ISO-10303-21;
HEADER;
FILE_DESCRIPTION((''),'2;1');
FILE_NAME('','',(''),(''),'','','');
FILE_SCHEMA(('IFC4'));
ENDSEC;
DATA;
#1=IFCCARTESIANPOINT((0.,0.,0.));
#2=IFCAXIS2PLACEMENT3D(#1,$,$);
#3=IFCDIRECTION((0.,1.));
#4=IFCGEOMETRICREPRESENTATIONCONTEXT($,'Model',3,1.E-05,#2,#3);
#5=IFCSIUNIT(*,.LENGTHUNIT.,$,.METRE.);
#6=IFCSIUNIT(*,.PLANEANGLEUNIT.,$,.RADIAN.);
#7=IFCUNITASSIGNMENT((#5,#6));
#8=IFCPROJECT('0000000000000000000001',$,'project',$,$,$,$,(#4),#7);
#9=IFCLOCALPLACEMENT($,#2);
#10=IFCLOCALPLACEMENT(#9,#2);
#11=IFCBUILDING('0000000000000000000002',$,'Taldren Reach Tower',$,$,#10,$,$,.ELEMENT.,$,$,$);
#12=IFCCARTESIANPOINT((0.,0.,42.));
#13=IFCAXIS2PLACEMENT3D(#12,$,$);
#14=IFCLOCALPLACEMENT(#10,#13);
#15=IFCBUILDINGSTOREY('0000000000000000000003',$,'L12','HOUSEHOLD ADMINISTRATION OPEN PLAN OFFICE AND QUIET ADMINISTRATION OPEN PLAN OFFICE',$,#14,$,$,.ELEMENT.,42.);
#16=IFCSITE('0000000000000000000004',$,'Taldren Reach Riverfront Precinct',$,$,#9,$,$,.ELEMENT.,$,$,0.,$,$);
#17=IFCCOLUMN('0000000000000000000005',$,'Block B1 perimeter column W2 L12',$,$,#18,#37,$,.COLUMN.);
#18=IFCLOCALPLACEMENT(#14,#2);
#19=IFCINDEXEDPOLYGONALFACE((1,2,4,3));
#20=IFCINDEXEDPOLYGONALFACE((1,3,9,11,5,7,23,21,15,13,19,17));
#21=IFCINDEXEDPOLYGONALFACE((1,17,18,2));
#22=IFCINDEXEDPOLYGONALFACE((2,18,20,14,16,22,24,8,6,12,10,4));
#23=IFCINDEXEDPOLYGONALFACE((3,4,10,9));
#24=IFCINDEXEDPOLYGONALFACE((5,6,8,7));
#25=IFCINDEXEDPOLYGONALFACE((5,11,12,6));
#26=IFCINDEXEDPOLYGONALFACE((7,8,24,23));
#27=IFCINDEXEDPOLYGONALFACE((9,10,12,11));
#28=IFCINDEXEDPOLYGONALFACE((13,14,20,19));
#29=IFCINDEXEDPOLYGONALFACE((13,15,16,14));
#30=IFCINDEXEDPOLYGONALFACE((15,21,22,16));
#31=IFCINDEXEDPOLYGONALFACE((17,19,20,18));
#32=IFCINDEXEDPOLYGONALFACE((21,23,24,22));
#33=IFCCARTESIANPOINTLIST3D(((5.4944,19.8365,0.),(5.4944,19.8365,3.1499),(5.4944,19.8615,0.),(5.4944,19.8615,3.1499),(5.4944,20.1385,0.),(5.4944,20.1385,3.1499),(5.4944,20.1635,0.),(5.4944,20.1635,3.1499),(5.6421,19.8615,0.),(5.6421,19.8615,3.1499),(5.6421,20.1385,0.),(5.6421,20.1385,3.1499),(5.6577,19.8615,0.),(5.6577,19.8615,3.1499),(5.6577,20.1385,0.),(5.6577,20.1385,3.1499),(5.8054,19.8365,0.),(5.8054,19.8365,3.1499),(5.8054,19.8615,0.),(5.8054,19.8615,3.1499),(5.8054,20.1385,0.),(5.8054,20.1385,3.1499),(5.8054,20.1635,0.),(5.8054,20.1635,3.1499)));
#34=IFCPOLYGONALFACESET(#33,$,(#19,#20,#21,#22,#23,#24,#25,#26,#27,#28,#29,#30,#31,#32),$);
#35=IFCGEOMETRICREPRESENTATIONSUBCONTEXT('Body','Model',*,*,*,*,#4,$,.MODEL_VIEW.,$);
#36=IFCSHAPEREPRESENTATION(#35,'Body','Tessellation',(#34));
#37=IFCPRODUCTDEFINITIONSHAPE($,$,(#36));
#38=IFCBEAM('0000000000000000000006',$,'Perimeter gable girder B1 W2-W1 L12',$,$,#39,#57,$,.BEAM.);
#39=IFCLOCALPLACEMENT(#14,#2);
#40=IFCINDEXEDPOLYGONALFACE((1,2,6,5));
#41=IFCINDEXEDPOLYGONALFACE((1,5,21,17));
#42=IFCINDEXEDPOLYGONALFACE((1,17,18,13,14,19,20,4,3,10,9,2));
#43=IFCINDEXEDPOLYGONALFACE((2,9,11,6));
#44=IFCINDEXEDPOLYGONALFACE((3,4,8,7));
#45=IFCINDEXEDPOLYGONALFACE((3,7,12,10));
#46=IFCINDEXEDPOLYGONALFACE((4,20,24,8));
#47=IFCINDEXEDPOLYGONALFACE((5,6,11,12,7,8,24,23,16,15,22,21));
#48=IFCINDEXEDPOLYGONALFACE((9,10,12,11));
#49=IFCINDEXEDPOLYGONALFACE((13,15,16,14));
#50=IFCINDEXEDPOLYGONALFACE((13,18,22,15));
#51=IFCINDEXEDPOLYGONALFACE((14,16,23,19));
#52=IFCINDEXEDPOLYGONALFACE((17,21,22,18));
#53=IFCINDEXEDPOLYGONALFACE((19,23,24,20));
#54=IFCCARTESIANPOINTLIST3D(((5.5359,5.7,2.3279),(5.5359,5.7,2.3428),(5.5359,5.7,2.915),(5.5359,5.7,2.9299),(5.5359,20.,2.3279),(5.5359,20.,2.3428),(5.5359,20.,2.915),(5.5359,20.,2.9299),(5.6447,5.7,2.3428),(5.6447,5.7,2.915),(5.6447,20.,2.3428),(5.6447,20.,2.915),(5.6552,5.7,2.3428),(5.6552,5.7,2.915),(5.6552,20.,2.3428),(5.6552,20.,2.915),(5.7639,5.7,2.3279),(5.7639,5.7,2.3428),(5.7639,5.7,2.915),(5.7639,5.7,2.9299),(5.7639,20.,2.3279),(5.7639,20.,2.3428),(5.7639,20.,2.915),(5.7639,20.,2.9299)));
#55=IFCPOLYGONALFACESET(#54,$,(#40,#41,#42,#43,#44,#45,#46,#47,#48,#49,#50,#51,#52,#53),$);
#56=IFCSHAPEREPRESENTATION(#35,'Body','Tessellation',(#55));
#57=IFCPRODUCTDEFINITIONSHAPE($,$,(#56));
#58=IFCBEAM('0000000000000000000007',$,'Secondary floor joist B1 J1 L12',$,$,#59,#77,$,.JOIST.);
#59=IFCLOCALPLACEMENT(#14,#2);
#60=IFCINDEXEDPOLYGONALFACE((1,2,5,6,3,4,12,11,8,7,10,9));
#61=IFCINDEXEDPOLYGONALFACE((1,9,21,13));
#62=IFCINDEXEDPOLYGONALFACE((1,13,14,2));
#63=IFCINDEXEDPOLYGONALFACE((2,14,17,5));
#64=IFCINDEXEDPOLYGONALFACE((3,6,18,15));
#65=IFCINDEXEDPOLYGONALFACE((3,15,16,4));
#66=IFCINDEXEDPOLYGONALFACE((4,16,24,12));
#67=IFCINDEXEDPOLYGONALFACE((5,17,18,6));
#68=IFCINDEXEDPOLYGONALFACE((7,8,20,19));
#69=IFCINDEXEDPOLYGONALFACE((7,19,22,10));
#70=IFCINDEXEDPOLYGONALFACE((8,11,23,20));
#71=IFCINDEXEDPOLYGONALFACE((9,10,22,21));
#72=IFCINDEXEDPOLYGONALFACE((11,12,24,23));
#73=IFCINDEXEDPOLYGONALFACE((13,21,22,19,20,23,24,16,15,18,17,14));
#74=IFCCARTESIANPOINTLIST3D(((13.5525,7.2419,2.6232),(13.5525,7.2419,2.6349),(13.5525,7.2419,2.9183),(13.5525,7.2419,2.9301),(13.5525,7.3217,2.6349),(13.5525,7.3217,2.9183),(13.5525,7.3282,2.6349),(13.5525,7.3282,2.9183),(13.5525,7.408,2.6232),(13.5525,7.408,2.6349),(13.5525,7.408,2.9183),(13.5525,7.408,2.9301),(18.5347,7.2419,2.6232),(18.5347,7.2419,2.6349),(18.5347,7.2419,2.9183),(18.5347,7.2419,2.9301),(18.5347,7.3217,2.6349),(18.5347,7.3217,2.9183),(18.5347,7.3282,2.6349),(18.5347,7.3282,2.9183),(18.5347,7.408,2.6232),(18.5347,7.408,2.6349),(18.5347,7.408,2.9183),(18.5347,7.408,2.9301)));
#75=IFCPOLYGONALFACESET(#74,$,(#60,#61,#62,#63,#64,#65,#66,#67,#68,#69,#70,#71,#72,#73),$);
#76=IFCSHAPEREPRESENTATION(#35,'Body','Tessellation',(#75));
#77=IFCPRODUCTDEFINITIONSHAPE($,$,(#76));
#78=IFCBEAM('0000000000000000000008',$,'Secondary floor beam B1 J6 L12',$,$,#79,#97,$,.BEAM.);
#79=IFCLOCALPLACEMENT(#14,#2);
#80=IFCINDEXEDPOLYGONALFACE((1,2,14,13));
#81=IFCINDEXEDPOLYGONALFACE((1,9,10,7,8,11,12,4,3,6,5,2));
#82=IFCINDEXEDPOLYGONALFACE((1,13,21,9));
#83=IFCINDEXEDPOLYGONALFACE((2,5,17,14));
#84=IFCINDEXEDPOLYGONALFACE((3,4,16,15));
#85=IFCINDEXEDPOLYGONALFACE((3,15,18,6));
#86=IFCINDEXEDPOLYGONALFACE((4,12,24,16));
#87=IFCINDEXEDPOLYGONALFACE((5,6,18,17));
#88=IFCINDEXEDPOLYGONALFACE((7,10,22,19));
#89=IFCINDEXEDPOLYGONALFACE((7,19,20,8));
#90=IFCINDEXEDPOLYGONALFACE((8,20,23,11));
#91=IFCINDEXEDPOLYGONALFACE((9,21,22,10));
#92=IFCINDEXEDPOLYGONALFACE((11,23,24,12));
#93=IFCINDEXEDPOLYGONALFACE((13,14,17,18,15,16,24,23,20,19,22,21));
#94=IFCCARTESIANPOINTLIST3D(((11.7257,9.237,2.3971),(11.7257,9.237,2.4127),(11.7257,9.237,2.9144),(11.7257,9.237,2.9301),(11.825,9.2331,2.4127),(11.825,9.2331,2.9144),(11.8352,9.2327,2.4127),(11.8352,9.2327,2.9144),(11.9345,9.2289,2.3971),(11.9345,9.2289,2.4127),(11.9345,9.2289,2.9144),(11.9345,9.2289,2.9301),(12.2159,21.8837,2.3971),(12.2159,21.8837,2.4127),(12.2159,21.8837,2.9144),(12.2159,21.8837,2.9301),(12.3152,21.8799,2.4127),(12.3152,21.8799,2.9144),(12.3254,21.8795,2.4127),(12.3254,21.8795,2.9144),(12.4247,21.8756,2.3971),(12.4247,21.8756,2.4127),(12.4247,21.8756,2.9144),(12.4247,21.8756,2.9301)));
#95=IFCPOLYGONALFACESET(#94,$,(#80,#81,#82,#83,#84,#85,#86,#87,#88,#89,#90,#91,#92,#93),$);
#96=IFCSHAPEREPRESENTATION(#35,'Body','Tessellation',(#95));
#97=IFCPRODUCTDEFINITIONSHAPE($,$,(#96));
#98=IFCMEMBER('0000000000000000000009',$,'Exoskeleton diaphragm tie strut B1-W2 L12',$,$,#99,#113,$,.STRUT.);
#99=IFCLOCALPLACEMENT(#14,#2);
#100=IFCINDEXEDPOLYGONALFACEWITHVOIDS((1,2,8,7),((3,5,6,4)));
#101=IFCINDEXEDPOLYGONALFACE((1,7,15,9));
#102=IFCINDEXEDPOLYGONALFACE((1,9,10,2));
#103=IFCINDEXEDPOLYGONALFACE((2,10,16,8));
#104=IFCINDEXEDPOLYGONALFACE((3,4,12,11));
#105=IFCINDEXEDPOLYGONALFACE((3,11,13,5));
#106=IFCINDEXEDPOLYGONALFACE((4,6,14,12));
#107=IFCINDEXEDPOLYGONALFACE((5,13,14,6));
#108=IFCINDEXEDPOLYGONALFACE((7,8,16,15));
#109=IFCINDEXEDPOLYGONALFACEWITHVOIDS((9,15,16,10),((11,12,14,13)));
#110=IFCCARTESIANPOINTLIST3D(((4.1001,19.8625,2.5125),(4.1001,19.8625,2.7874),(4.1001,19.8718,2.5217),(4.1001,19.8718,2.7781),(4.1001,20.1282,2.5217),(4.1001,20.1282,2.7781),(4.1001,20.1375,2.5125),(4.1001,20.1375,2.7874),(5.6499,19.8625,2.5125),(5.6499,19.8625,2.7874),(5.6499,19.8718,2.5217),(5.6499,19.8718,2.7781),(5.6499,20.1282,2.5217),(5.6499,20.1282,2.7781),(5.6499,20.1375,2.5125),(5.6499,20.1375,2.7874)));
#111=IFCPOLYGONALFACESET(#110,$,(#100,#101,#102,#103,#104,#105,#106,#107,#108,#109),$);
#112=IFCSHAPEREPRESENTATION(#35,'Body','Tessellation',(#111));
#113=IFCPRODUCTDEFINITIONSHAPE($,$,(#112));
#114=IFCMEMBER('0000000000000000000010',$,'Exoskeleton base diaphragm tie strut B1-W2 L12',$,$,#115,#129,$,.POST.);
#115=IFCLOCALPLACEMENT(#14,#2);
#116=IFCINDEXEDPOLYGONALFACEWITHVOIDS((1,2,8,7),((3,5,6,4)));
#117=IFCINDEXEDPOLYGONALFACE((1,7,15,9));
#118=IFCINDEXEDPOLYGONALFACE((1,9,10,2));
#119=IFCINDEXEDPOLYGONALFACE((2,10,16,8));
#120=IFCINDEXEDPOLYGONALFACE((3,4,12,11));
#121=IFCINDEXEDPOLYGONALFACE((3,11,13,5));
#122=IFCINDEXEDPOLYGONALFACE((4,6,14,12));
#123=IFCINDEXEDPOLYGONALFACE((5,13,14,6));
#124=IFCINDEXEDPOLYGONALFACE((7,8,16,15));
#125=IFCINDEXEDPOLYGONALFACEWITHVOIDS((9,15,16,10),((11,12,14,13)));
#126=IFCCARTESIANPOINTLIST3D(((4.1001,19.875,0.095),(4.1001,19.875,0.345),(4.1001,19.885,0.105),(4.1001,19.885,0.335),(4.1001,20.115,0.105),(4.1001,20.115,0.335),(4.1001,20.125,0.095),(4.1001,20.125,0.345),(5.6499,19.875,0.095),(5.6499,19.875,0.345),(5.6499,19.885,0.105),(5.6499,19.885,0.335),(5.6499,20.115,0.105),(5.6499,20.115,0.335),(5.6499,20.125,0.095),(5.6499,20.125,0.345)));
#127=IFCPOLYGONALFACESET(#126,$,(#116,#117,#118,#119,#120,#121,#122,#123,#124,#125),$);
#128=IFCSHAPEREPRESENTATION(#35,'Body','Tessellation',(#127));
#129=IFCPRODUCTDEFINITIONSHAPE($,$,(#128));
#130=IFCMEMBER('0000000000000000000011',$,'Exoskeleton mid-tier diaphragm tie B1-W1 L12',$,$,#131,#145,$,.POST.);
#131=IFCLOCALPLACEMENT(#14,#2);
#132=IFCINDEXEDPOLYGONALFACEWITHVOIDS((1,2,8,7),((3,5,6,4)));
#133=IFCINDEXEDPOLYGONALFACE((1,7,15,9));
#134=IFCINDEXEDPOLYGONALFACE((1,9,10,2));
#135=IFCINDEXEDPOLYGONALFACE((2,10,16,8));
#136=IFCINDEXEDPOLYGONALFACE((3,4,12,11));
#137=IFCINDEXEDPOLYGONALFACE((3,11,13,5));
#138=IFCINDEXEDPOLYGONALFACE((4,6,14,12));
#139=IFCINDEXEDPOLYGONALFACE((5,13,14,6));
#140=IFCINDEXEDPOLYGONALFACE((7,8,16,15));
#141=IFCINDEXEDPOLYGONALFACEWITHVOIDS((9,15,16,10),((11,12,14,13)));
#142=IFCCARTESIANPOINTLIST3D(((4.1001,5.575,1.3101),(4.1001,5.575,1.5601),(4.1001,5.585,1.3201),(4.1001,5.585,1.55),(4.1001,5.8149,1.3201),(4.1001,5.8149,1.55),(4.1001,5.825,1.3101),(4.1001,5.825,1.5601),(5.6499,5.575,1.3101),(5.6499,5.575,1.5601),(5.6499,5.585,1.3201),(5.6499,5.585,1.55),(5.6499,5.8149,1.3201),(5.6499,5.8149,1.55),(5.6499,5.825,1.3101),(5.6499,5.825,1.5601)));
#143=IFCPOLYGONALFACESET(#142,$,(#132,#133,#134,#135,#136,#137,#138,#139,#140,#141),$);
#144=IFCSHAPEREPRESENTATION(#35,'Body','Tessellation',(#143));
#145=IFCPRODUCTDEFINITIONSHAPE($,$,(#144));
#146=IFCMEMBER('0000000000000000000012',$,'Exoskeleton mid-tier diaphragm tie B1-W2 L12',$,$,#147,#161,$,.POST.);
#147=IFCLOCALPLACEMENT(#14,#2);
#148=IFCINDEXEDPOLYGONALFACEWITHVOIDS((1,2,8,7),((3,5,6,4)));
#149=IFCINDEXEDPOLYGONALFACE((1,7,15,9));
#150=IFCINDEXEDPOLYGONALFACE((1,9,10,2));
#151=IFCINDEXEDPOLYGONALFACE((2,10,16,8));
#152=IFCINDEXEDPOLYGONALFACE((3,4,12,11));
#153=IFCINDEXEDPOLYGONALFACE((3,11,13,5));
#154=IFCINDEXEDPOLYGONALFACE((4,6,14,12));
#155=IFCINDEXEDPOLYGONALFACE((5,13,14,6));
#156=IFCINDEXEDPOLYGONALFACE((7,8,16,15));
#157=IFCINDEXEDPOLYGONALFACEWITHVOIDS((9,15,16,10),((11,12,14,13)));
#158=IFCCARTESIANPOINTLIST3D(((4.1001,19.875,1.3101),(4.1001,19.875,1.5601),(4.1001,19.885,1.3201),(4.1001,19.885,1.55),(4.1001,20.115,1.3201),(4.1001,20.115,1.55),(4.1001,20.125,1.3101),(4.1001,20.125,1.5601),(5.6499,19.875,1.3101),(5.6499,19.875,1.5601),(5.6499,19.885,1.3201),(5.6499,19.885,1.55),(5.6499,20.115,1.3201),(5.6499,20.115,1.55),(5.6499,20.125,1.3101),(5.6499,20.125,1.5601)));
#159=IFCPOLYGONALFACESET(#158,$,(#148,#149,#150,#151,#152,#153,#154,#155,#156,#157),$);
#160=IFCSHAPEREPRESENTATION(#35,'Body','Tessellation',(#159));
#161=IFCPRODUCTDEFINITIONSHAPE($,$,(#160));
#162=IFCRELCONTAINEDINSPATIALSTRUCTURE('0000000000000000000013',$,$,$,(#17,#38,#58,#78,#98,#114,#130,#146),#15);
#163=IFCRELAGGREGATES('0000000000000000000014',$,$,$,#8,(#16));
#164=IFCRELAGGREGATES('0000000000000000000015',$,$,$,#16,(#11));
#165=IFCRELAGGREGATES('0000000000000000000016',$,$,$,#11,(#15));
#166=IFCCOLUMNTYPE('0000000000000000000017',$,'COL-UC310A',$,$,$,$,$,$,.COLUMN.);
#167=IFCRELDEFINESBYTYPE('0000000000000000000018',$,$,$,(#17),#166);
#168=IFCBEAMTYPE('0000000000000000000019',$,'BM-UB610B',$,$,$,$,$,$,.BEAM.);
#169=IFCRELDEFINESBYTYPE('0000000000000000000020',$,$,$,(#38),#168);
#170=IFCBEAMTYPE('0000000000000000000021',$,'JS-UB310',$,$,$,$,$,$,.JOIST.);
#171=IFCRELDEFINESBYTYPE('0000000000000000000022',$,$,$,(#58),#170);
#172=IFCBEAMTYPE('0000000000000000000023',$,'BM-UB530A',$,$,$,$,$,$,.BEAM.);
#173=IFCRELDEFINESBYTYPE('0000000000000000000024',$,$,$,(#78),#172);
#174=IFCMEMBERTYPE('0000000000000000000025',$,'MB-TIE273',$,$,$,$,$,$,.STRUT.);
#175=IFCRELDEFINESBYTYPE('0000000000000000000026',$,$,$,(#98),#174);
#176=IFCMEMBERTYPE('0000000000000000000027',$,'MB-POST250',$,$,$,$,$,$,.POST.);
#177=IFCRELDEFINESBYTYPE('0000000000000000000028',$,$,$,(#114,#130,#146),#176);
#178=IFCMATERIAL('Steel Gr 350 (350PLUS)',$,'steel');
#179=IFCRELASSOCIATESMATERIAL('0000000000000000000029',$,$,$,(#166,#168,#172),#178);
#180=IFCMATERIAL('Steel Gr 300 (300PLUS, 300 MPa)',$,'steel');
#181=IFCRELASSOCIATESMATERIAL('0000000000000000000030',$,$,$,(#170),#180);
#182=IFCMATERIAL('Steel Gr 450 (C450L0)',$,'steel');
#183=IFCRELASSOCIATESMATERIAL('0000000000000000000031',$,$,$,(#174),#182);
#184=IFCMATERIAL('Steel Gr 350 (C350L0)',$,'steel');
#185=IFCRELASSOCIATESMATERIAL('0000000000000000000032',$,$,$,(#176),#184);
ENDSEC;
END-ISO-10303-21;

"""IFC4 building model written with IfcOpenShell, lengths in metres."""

from ifc_helpers import new_model, si_unit, direction, frame, origin, origin_2d, place, context, subcontext, project, spatial, hollow_rectangle, i_section, extrude, source, transform, mapped, material, material_profile, profile_set, type_object, element, save


model = new_model("IFC4")

# Units and contexts
model_context = context("Model", 3, precision=1e-05, world=origin(), true_north=direction((0.0, 1.0)))
body_context = subcontext(model_context, "Body", "Model", "MODEL_VIEW")
ifc_project = project(units=[si_unit("LENGTHUNIT", "METRE"), si_unit("PLANEANGLEUNIT", "RADIAN")], contexts=[model_context])

# Site, building, storey
site_placement = place(None, origin())
site = spatial("IfcSite", under=ifc_project, at=site_placement, Name="Taldren Reach Riverfront Precinct", CompositionType="ELEMENT", RefElevation=0.0)
building_placement = place(site_placement, origin())
building = spatial("IfcBuilding", under=site, at=building_placement, Name="Taldren Reach Tower", CompositionType="ELEMENT")
storey_placement = place(building_placement, frame((0.0, 0.0, 42.0)))
storey = spatial("IfcBuildingStorey", under=building, at=storey_placement, Name="L12", Description="HOUSEHOLD ADMINISTRATION OPEN PLAN OFFICE AND QUIET ADMINISTRATION OPEN PLAN OFFICE", CompositionType="ELEMENT", Elevation=42.0)

# Column
ifc_material_1 = material(Name="Steel Gr 350 (350PLUS)", Category="steel")
ifc_material_profile_1 = material_profile(ifc_material_1, i_section(OverallWidth=0.311, OverallDepth=0.3269, WebThickness=0.0156, FlangeThickness=0.0249, at=origin_2d()), Name="310UC158")
ifc_profile_set_1 = profile_set([ifc_material_profile_1], Name="Steel Gr 350 (350PLUS)")
column_type = type_object("IfcColumnType", Name="COL-UC310A", PredefinedType="COLUMN", material=ifc_profile_set_1)
shared_shape_1 = source(origin(), body_context, "Body", "SweptSolid", [
    extrude(i_section(OverallWidth=0.311, OverallDepth=0.3269, WebThickness=0.0156, FlangeThickness=0.0249, at=origin_2d()), origin(), (0.0, 0.0, 1.0), 3.1499),
])
column_placement = place(storey_placement, frame((5.6499, 20.0, 0.0), z_axis=(0.0, 0.0, 1.0), x_axis=(1.0, 0.0, 0.0)))
element("IfcColumn", 1, at=column_placement, inside=storey, type_object=column_type, Name="Block B1 perimeter column W2 L12", PredefinedType="COLUMN", context=body_context, shape_type="MappedRepresentation", body=[
    mapped(shared_shape_1, transform((0.0, 0.0, 0.0), scale=1.0)),
])

# Beams
ifc_material_profile_2 = material_profile(ifc_material_1, i_section(OverallWidth=0.228, OverallDepth=0.6021, WebThickness=0.0105, FlangeThickness=0.0149, at=origin_2d()), Name="610UB101")
ifc_profile_set_2 = profile_set([ifc_material_profile_2], Name="Steel Gr 350 (350PLUS)")
beam_type_1 = type_object("IfcBeamType", Name="BM-UB610B", PredefinedType="BEAM", material=ifc_profile_set_2)
shared_shape_2 = source(origin(), body_context, "Body", "SweptSolid", [
    extrude(i_section(OverallWidth=0.228, OverallDepth=0.6021, WebThickness=0.0105, FlangeThickness=0.0149, at=origin_2d()), origin(), (0.0, 0.0, 1.0), 14.3),
])
beam_1_placement = place(storey_placement, frame((5.6499, 20.0, 2.6289), z_axis=(0.0, -1.0, 0.0), x_axis=(1.0, 0.0, 0.0)))
element("IfcBeam", 2, at=beam_1_placement, inside=storey, type_object=beam_type_1, Name="Perimeter gable girder B1 W2-W1 L12", PredefinedType="BEAM", context=body_context, shape_type="MappedRepresentation", body=[
    mapped(shared_shape_2, transform((0.0, 0.0, 0.0), scale=1.0)),
])
ifc_material_2 = material(Name="Steel Gr 300 (300PLUS, 300 MPa)", Category="steel")
ifc_material_profile_3 = material_profile(ifc_material_2, i_section(OverallWidth=0.166, OverallDepth=0.3069, WebThickness=0.0066, FlangeThickness=0.0117, at=origin_2d()), Name="310UB46.2")
ifc_profile_set_3 = profile_set([ifc_material_profile_3], Name="Steel Gr 300 (300PLUS, 300 MPa)")
beam_type_2 = type_object("IfcBeamType", Name="JS-UB310", PredefinedType="JOIST", material=ifc_profile_set_3)
shared_shape_3 = source(origin(), body_context, "Body", "SweptSolid", [
    extrude(i_section(OverallWidth=0.166, OverallDepth=0.3069, WebThickness=0.0066, FlangeThickness=0.0117, at=origin_2d()), origin(), (0.0, 0.0, 1.0), 4.9822),
])
beam_2_placement = place(storey_placement, frame((13.5525, 7.325, 2.7766), z_axis=(1.0, 0.0, 0.0), x_axis=(0.0, 1.0, 0.0)))
element("IfcBeam", 3, at=beam_2_placement, inside=storey, type_object=beam_type_2, Name="Secondary floor joist B1 J1 L12", PredefinedType="JOIST", context=body_context, shape_type="MappedRepresentation", body=[
    mapped(shared_shape_3, transform((0.0, 0.0, 0.0), scale=1.0)),
])
ifc_material_profile_4 = material_profile(ifc_material_1, i_section(OverallWidth=0.209, OverallDepth=0.533, WebThickness=0.0103, FlangeThickness=0.0156, at=origin_2d()), Name="530UB92.4")
ifc_profile_set_4 = profile_set([ifc_material_profile_4], Name="Steel Gr 350 (350PLUS)")
beam_type_3 = type_object("IfcBeamType", Name="BM-UB530A", PredefinedType="BEAM", material=ifc_profile_set_4)
shared_shape_4 = source(origin(), body_context, "Body", "SweptSolid", [
    extrude(i_section(OverallWidth=0.209, OverallDepth=0.533, WebThickness=0.0103, FlangeThickness=0.0156, at=origin_2d()), origin(), (0.0, 0.0, 1.0), 12.6562),
])
beam_3_placement = place(storey_placement, frame((11.8301, 9.2329, 2.6636), z_axis=(0.038735, 0.99925, 0.0), x_axis=(-0.99925, 0.038735, 0.0)))
element("IfcBeam", 4, at=beam_3_placement, inside=storey, type_object=beam_type_3, Name="Secondary floor beam B1 J6 L12", PredefinedType="BEAM", context=body_context, shape_type="MappedRepresentation", body=[
    mapped(shared_shape_4, transform((0.0, 0.0, 0.0), scale=1.0)),
])

# Members
ifc_material_3 = material(Name="Steel Gr 450 (C450L0)", Category="steel")
ifc_material_profile_5 = material_profile(ifc_material_3, hollow_rectangle(XDim=0.2749, YDim=0.2749, WallThickness=0.0093, at=origin_2d()), Name="275x275x9.3SHS")
ifc_profile_set_5 = profile_set([ifc_material_profile_5], Name="Steel Gr 450 (C450L0)")
member_type_1 = type_object("IfcMemberType", Name="MB-TIE273", PredefinedType="STRUT", material=ifc_profile_set_5)
shared_shape_5 = source(origin(), body_context, "Body", "SweptSolid", [
    extrude(hollow_rectangle(XDim=0.2749, YDim=0.2749, WallThickness=0.0093, at=origin_2d()), origin(), (0.0, 0.0, 1.0), 1.5498),
])
member_1_placement = place(storey_placement, frame((5.6499, 20.0, 2.6499), z_axis=(-1.0, 0.0, 0.0), x_axis=(0.0, -1.0, 0.0)))
element("IfcMember", 5, at=member_1_placement, inside=storey, type_object=member_type_1, Name="Exoskeleton diaphragm tie strut B1-W2 L12", PredefinedType="STRUT", context=body_context, shape_type="MappedRepresentation", body=[
    mapped(shared_shape_5, transform((0.0, 0.0, 0.0), scale=1.0)),
])
ifc_material_4 = material(Name="Steel Gr 350 (C350L0)", Category="steel")
ifc_material_profile_6 = material_profile(ifc_material_4, hollow_rectangle(XDim=0.25, YDim=0.25, WallThickness=0.01, at=origin_2d()), Name="250x250x10.0SHS")
ifc_profile_set_6 = profile_set([ifc_material_profile_6], Name="Steel Gr 350 (C350L0)")
member_type_2 = type_object("IfcMemberType", Name="MB-POST250", PredefinedType="POST", material=ifc_profile_set_6)
shared_shape_6 = source(origin(), body_context, "Body", "SweptSolid", [
    extrude(hollow_rectangle(XDim=0.25, YDim=0.25, WallThickness=0.01, at=origin_2d()), origin(), (0.0, 0.0, 1.0), 1.5498),
])
for number, where, z_axis, x_axis, name in (
    (6, (5.6499, 20.0, 0.22), (-1.0, 0.0, 0.0), (0.0, -1.0, 0.0), "Exoskeleton base diaphragm tie strut B1-W2 L12"),
    (7, (5.6499, 5.7, 1.4351), (-1.0, 0.0, 0.0), (0.0, -1.0, 0.0), "Exoskeleton mid-tier diaphragm tie B1-W1 L12"),
    (8, (5.6499, 20.0, 1.4351), (-1.0, 0.0, 0.0), (0.0, -1.0, 0.0), "Exoskeleton mid-tier diaphragm tie B1-W2 L12"),
):
    element("IfcMember", number, at=place(storey_placement, frame(where, z_axis=z_axis, x_axis=x_axis)), inside=storey, type_object=member_type_2, Name=name, PredefinedType="POST", context=body_context, shape_type="MappedRepresentation", body=[
        mapped(shared_shape_6, transform((0.0, 0.0, 0.0), scale=1.0)),
    ])

save(model, "model.ifc")
